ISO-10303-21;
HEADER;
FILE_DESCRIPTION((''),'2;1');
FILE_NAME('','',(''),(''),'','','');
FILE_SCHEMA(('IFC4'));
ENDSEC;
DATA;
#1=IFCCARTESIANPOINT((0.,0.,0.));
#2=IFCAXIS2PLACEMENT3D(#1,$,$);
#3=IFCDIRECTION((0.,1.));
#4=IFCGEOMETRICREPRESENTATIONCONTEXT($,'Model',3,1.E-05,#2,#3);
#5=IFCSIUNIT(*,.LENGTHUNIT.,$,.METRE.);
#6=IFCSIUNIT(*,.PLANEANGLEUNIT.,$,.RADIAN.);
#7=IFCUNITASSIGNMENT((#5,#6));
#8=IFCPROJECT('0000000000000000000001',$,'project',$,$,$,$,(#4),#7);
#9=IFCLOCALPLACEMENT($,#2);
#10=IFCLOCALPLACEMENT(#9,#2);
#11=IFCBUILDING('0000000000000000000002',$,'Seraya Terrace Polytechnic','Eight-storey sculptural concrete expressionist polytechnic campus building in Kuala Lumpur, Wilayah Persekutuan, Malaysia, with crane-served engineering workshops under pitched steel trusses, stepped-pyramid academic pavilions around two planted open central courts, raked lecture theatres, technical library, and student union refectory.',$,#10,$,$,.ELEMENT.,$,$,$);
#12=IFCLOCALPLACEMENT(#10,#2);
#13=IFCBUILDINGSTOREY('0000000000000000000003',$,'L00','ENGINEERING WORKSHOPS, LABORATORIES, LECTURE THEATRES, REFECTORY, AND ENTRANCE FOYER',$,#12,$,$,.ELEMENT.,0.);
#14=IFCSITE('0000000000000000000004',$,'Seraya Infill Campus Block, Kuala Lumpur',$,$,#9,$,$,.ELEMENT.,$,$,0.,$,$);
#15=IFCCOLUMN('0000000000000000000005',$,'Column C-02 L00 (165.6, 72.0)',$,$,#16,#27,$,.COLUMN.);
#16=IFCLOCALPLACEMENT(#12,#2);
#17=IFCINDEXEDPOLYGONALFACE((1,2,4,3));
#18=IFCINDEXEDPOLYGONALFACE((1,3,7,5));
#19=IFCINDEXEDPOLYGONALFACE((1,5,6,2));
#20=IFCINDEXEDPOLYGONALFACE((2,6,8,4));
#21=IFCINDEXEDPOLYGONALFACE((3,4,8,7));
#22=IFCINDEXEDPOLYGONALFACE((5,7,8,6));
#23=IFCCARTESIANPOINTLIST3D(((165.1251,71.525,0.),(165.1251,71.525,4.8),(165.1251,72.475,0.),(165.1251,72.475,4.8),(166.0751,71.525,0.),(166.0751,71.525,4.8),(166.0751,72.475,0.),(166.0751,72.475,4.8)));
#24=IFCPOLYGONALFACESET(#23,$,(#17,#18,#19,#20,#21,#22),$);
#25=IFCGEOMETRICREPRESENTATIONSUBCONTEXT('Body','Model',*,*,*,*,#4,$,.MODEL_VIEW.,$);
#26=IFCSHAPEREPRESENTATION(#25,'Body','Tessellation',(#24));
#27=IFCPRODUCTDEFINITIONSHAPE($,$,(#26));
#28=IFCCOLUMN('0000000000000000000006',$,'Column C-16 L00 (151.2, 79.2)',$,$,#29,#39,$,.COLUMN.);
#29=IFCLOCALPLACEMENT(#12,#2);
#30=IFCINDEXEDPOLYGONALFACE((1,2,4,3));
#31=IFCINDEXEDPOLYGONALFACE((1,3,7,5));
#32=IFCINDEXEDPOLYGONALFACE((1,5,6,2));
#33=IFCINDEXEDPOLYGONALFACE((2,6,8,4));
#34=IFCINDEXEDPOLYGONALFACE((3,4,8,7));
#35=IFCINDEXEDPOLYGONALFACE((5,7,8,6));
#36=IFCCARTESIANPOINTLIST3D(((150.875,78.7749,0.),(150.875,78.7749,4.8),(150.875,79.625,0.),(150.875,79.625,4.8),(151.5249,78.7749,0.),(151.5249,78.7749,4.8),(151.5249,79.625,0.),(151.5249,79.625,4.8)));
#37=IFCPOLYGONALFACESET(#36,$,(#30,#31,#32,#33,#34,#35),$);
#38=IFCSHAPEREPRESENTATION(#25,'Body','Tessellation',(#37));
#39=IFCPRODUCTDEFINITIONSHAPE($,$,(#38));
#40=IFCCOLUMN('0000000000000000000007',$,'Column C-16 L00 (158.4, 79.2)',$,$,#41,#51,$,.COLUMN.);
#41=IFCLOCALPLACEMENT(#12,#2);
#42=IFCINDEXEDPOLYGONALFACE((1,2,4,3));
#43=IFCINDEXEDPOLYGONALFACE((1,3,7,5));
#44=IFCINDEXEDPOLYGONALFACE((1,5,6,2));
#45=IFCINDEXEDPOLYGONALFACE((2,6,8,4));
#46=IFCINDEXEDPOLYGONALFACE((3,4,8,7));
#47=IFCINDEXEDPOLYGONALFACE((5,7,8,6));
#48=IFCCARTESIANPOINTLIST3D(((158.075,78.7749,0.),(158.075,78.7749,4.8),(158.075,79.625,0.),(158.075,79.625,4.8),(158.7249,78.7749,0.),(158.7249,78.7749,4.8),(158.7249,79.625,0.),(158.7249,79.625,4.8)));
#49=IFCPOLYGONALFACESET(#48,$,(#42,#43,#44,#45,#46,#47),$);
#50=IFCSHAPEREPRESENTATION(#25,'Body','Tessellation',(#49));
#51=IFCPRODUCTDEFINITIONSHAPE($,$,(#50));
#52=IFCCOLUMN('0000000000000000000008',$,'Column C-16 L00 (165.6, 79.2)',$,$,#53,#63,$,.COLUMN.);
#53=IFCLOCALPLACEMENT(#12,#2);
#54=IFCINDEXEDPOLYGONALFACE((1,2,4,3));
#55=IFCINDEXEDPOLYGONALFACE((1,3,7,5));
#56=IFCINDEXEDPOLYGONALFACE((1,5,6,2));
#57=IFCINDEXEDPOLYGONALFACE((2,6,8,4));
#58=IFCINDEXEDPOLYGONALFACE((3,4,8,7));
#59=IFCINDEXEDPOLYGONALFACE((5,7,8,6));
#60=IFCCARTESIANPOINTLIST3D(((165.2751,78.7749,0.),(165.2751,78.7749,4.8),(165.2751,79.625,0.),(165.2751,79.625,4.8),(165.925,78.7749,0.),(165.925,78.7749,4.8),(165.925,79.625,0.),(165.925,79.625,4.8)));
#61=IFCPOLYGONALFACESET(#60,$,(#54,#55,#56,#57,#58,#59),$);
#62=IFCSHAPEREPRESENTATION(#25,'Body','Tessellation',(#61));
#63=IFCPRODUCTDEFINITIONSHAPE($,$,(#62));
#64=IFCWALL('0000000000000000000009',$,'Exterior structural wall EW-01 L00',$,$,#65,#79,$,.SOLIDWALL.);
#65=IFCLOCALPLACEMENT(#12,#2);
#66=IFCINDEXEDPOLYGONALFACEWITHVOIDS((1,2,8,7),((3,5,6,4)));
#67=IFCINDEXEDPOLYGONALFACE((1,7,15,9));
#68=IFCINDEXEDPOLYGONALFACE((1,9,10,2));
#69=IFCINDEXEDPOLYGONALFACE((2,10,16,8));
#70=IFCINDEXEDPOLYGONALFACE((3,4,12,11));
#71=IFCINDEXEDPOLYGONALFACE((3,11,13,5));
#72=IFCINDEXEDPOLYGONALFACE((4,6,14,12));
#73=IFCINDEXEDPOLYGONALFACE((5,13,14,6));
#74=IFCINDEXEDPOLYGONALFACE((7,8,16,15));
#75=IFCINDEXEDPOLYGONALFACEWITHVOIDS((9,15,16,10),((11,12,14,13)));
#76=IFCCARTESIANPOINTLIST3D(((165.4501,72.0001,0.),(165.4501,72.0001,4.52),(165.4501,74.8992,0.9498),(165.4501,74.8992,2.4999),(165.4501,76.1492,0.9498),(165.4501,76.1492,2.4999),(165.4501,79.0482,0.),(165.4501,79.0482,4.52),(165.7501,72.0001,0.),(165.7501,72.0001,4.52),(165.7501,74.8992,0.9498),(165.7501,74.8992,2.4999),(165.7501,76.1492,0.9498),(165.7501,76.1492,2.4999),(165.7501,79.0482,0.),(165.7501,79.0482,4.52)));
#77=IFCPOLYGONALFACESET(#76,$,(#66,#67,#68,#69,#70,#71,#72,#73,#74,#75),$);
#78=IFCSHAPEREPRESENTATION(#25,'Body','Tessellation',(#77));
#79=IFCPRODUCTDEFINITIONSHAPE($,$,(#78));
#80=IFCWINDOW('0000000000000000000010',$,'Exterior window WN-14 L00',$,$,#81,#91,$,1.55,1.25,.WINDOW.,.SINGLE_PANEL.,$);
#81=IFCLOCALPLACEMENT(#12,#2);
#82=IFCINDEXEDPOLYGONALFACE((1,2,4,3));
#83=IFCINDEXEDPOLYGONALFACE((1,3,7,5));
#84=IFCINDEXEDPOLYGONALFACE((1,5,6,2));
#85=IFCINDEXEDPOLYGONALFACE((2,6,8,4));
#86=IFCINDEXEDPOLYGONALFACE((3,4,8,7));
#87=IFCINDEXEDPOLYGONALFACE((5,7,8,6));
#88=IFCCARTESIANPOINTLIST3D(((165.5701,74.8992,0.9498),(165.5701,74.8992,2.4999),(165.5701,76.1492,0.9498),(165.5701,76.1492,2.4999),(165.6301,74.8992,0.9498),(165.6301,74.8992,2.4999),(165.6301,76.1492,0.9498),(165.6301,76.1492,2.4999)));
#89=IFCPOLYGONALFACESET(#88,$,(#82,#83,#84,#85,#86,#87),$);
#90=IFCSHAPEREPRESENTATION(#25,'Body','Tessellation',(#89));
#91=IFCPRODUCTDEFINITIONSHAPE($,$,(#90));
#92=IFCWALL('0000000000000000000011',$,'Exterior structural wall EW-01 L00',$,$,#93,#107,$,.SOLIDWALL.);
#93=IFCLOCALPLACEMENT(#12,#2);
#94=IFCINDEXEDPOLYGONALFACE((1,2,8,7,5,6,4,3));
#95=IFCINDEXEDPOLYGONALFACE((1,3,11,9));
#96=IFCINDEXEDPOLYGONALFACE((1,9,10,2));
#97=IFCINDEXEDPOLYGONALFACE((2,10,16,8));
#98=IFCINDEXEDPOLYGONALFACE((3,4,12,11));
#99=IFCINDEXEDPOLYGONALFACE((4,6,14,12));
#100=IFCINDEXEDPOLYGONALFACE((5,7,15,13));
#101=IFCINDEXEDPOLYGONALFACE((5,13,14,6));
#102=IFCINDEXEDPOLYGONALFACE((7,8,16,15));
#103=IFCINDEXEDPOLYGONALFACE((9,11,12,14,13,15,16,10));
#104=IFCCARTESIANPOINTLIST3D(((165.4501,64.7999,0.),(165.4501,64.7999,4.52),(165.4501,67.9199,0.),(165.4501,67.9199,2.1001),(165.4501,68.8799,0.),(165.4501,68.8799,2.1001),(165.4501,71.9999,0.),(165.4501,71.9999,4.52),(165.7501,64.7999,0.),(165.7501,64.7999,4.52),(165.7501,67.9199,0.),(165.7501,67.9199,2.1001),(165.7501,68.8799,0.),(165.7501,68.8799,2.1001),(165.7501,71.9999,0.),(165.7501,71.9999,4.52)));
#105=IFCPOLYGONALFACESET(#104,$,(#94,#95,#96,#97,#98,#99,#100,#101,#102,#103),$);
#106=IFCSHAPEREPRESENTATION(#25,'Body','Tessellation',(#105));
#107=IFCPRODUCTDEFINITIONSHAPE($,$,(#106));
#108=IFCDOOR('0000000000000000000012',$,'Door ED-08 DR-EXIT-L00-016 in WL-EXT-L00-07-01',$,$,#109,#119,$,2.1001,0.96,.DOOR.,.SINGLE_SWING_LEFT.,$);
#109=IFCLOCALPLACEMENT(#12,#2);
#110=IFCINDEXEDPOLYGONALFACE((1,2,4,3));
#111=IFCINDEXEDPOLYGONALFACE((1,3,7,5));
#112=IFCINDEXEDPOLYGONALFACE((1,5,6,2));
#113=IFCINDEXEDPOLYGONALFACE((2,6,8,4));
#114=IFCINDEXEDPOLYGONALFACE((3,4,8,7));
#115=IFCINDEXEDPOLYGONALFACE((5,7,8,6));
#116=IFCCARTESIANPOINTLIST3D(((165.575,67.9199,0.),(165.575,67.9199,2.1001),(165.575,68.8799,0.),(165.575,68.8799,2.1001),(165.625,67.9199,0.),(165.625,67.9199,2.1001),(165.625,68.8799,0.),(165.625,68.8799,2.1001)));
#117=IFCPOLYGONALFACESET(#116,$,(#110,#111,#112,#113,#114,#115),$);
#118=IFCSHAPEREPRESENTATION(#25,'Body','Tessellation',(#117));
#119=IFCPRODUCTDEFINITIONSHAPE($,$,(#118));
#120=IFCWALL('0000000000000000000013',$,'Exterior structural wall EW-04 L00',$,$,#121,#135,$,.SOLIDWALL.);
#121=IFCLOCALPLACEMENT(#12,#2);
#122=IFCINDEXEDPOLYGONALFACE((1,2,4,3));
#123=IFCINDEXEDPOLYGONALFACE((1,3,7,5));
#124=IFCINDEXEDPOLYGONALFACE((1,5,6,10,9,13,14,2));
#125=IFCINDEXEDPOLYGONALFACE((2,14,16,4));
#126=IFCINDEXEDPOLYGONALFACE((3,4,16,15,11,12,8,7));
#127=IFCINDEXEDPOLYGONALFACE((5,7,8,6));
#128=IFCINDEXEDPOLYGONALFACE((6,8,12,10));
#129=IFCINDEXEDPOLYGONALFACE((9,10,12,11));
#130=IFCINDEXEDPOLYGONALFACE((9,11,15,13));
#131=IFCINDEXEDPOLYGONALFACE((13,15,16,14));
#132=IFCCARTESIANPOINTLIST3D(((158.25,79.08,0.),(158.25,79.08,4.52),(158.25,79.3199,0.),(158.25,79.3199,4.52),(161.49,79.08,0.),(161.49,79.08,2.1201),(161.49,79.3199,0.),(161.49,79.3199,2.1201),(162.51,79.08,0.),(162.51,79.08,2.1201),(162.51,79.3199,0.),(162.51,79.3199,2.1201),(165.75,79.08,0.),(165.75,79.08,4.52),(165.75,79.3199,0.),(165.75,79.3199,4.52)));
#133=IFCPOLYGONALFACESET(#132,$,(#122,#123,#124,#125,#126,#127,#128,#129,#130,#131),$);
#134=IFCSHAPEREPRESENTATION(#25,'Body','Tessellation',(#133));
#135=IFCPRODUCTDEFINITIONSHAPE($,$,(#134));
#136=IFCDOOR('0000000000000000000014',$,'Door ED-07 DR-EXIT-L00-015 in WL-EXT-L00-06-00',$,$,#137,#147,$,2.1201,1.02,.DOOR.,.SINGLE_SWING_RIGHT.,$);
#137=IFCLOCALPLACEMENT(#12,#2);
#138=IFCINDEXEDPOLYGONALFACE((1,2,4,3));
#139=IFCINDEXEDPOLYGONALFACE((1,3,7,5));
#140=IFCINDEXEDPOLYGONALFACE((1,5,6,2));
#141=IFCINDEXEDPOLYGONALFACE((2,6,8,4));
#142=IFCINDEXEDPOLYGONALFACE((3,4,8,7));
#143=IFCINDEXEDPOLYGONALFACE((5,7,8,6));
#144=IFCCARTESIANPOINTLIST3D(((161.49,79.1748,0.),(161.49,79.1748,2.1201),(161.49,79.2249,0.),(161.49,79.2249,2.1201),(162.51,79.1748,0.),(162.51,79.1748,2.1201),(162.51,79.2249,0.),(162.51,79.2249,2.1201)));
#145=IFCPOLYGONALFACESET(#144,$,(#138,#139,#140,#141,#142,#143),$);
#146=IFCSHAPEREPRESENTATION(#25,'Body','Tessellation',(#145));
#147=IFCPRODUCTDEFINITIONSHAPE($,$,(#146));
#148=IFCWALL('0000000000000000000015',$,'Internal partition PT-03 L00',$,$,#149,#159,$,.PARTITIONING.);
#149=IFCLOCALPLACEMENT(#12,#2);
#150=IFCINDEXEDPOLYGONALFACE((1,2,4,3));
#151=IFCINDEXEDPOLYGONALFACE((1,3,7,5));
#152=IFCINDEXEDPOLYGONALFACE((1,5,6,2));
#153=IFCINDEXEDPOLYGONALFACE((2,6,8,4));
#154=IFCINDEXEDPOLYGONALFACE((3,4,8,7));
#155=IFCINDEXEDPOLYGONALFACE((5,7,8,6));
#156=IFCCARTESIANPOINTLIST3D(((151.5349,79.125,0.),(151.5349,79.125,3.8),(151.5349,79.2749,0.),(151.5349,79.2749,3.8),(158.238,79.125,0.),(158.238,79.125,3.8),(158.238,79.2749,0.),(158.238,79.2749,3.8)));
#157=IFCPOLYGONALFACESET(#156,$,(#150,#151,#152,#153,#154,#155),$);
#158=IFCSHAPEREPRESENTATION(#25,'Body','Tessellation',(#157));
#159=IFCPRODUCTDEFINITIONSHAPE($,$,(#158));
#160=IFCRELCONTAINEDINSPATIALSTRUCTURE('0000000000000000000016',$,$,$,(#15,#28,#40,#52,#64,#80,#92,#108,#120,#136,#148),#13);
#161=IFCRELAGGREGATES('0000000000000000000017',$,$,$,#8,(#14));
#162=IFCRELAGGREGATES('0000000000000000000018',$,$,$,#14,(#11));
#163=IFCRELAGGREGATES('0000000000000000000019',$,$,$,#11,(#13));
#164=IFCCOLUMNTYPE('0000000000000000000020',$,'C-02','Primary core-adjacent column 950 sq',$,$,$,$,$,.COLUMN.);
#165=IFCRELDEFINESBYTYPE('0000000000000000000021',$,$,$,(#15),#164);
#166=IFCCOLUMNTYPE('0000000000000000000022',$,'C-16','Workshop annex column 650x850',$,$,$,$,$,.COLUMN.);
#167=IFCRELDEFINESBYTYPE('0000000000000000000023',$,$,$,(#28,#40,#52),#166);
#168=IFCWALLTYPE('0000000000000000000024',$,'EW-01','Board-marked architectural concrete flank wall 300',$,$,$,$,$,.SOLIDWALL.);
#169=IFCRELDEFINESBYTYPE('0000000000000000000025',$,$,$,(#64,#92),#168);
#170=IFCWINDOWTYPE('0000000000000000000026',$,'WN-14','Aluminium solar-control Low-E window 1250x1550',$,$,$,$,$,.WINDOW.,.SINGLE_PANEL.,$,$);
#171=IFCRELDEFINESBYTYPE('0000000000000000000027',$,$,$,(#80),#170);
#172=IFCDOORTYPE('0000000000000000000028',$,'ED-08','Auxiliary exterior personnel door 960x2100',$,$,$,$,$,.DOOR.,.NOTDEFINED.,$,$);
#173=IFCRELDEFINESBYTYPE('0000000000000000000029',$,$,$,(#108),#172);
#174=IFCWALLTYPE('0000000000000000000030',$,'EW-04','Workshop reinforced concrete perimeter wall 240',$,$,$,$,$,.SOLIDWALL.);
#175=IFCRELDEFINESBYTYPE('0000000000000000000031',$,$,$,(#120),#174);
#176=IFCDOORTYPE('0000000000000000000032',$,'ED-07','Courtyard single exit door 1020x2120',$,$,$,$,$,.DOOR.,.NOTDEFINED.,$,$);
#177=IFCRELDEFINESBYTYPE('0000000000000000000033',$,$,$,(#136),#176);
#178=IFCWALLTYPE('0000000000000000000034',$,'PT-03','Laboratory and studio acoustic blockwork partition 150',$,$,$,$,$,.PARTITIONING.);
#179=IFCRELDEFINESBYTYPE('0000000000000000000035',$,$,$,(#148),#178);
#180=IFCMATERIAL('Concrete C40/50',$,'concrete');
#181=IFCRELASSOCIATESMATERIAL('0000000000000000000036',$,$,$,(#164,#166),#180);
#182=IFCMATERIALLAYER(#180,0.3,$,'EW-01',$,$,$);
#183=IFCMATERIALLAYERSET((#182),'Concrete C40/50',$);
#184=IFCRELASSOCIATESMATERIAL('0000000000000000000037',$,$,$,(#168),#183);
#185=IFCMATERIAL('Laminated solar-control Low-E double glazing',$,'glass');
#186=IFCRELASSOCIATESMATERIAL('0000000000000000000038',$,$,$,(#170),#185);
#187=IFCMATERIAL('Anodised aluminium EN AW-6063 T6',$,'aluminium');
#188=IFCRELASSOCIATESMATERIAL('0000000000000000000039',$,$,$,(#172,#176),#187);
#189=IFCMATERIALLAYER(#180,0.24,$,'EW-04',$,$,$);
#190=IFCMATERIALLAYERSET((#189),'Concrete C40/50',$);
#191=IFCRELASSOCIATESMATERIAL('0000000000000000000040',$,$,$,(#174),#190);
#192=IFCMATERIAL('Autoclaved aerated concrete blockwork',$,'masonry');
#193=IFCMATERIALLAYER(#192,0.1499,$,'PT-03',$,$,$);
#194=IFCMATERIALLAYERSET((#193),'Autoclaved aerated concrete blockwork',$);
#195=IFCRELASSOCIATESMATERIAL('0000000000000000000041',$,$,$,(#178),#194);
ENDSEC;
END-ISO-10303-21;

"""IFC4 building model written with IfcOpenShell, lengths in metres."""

from ifc_helpers import new_model, si_unit, direction, frame, frame_2d, origin, origin_2d, place, context, subcontext, project, spatial, rectangle, extrude, material, layer, layer_set, material_profile, profile_set, type_object, element, fill, save


model = new_model("IFC4")

# Units and contexts
model_context = context("Model", 3, precision=1e-05, world=origin(), true_north=direction((0.0, 1.0)))
body_context = subcontext(model_context, "Body", "Model", "MODEL_VIEW")
ifc_project = project(units=[si_unit("LENGTHUNIT", "METRE"), si_unit("PLANEANGLEUNIT", "RADIAN")], contexts=[model_context])

# Site, building, storey
site_placement = place(None, origin())
site = spatial("IfcSite", under=ifc_project, at=site_placement, Name="Seraya Infill Campus Block, Kuala Lumpur", CompositionType="ELEMENT", RefElevation=0.0)
building_placement = place(site_placement, origin())
building = spatial("IfcBuilding", under=site, at=building_placement, Name="Seraya Terrace Polytechnic", Description="Eight-storey sculptural concrete expressionist polytechnic campus building in Kuala Lumpur, Wilayah Persekutuan, Malaysia, with crane-served engineering workshops under pitched steel trusses, stepped-pyramid academic pavilions around two planted open central courts, raked lecture theatres, technical library, and student union refectory.", CompositionType="ELEMENT")
storey_placement = place(building_placement, origin())
storey = spatial("IfcBuildingStorey", under=building, at=storey_placement, Name="L00", Description="ENGINEERING WORKSHOPS, LABORATORIES, LECTURE THEATRES, REFECTORY, AND ENTRANCE FOYER", CompositionType="ELEMENT", Elevation=0.0)

# Shared definitions
ifc_material_1 = material(Name="Concrete C40/50", Category="concrete")

# Columns
ifc_material_profile_1 = material_profile(ifc_material_1, rectangle(XDim=0.95, YDim=0.95, at=origin_2d()), Name="RC 950x950")
ifc_profile_set_1 = profile_set([ifc_material_profile_1], Name="Concrete C40/50")
column_type_1 = type_object("IfcColumnType", Name="C-02", Description="Primary core-adjacent column 950 sq", PredefinedType="COLUMN", material=ifc_profile_set_1)
column_placement = place(storey_placement, frame((165.6001, 72.0, 0.0), z_axis=(0.0, 0.0, 1.0), x_axis=(1.0, 0.0, 0.0)))
element("IfcColumn", 1, at=column_placement, inside=storey, type_object=column_type_1, Name="Column C-02 L00 (165.6, 72.0)", PredefinedType="COLUMN", context=body_context, shape_type="SweptSolid", body=[
    extrude(rectangle(XDim=0.95, YDim=0.95, at=origin_2d()), origin(), (0.0, 0.0, 1.0), 4.8),
])
ifc_material_profile_2 = material_profile(ifc_material_1, rectangle(XDim=0.6499, YDim=0.8501, at=origin_2d()), Name="RC 650x850")
ifc_profile_set_2 = profile_set([ifc_material_profile_2], Name="Concrete C40/50")
column_type_2 = type_object("IfcColumnType", Name="C-16", Description="Workshop annex column 650x850", PredefinedType="COLUMN", material=ifc_profile_set_2)
for number, where, z_axis, x_axis, name in (
    (2, (151.2, 79.2, 0.0), (0.0, 0.0, 1.0), (1.0, 0.0, 0.0), "Column C-16 L00 (151.2, 79.2)"),
    (3, (158.3999, 79.2, 0.0), (0.0, 0.0, 1.0), (1.0, 0.0, 0.0), "Column C-16 L00 (158.4, 79.2)"),
    (4, (165.6001, 79.2, 0.0), (0.0, 0.0, 1.0), (1.0, 0.0, 0.0), "Column C-16 L00 (165.6, 79.2)"),
):
    element("IfcColumn", number, at=place(storey_placement, frame(where, z_axis=z_axis, x_axis=x_axis)), inside=storey, type_object=column_type_2, Name=name, PredefinedType="COLUMN", context=body_context, shape_type="SweptSolid", body=[
        extrude(rectangle(XDim=0.6499, YDim=0.8501, at=origin_2d()), origin(), (0.0, 0.0, 1.0), 4.8),
    ])

# Wall, opening, window
ifc_layer_1 = layer(ifc_material_1, 0.3, Name="EW-01")
ifc_layer_set_1 = layer_set([ifc_layer_1], Name="Concrete C40/50")
wall_type_1 = type_object("IfcWallType", Name="EW-01", Description="Board-marked architectural concrete flank wall 300", PredefinedType="SOLIDWALL", material=ifc_layer_set_1)
wall_1_placement = place(storey_placement, frame((165.6001, 79.0481, 0.0), z_axis=(0.0, 0.0, 1.0), x_axis=(0.0, -1.0, 0.0)))
wall_1 = element("IfcWall", 5, at=wall_1_placement, inside=storey, type_object=wall_type_1, Name="Exterior structural wall EW-01 L00", PredefinedType="SOLIDWALL", context=body_context, shape_type="SweptSolid", body=[
    extrude(rectangle(XDim=7.0481, YDim=0.3, at=frame_2d((3.5239, 0.0))), origin(), (0.0, 0.0, 1.0), 4.52),
])
opening_1_placement = place(wall_1_placement, frame((2.8989, 0.0, 0.95)))
opening_1 = element("IfcOpeningElement", 6, at=opening_1_placement, cuts=wall_1, PredefinedType="OPENING", context=body_context, shape_type="SweptSolid", body=[
    extrude(rectangle(XDim=1.25, YDim=1.55, at=frame_2d((0.625, 0.7749))), frame((0.0, 0.1621, 0.0), z_axis=(0.0, -1.0, 0.0), x_axis=(1.0, 0.0, 0.0)), (0.0, 0.0, 1.0), 0.324),
])
ifc_material_2 = material(Name="Laminated solar-control Low-E double glazing", Category="glass")
window_type = type_object("IfcWindowType", Name="WN-14", Description="Aluminium solar-control Low-E window 1250x1550", PartitioningType="SINGLE_PANEL", PredefinedType="WINDOW", material=ifc_material_2)
window_placement = place(opening_1_placement, origin())
window = element("IfcWindow", 7, at=window_placement, inside=storey, type_object=window_type, Name="Exterior window WN-14 L00", OverallHeight=1.55, OverallWidth=1.25, PartitioningType="SINGLE_PANEL", PredefinedType="WINDOW", context=body_context, shape_type="SweptSolid", body=[
    extrude(rectangle(XDim=1.25, YDim=1.55, at=frame_2d((0.625, 0.7749))), frame((0.0, 0.03, 0.0), z_axis=(0.0, -1.0, 0.0), x_axis=(1.0, 0.0, 0.0)), (0.0, 0.0, 1.0), 0.0601),
])
fill(opening_1, window)

# Walls, openings, doors
wall_2_placement = place(storey_placement, frame((165.6001, 72.0, 0.0), z_axis=(0.0, 0.0, 1.0), x_axis=(0.0, -1.0, 0.0)))
wall_2 = element("IfcWall", 8, at=wall_2_placement, inside=storey, type_object=wall_type_1, Name="Exterior structural wall EW-01 L00", PredefinedType="SOLIDWALL", context=body_context, shape_type="SweptSolid", body=[
    extrude(rectangle(XDim=7.2, YDim=0.3, at=frame_2d((3.6001, 0.0))), origin(), (0.0, 0.0, 1.0), 4.52),
])
opening_2_placement = place(wall_2_placement, frame((3.1201, 0.0, 0.0)))
opening_2 = element("IfcOpeningElement", 9, at=opening_2_placement, cuts=wall_2, PredefinedType="OPENING", context=body_context, shape_type="SweptSolid", body=[
    extrude(rectangle(XDim=0.96, YDim=2.1001, at=frame_2d((0.48, 1.05))), frame((0.0, 0.1621, 0.0), z_axis=(0.0, -1.0, 0.0), x_axis=(1.0, 0.0, 0.0)), (0.0, 0.0, 1.0), 0.324),
])
ifc_material_3 = material(Name="Anodised aluminium EN AW-6063 T6", Category="aluminium")
door_type_1 = type_object("IfcDoorType", Name="ED-08", Description="Auxiliary exterior personnel door 960x2100", OperationType="NOTDEFINED", PredefinedType="DOOR", material=ifc_material_3)
door_1_placement = place(opening_2_placement, origin())
door_1 = element("IfcDoor", 10, at=door_1_placement, inside=storey, type_object=door_type_1, Name="Door ED-08 DR-EXIT-L00-016 in WL-EXT-L00-07-01", OperationType="SINGLE_SWING_LEFT", OverallHeight=2.1001, OverallWidth=0.96, PredefinedType="DOOR", context=body_context, shape_type="SweptSolid", body=[
    extrude(rectangle(XDim=0.96, YDim=2.1001, at=frame_2d((0.48, 1.05))), frame((0.0, 0.0249, 0.0), z_axis=(0.0, -1.0, 0.0), x_axis=(1.0, 0.0, 0.0)), (0.0, 0.0, 1.0), 0.05),
])
fill(opening_2, door_1)
ifc_layer_2 = layer(ifc_material_1, 0.24, Name="EW-04")
ifc_layer_set_2 = layer_set([ifc_layer_2], Name="Concrete C40/50")
wall_type_2 = type_object("IfcWallType", Name="EW-04", Description="Workshop reinforced concrete perimeter wall 240", PredefinedType="SOLIDWALL", material=ifc_layer_set_2)
wall_3_placement = place(storey_placement, frame((158.25, 79.2, 0.0), z_axis=(0.0, 0.0, 1.0), x_axis=(1.0, 0.0, 0.0)))
wall_3 = element("IfcWall", 11, at=wall_3_placement, inside=storey, type_object=wall_type_2, Name="Exterior structural wall EW-04 L00", PredefinedType="SOLIDWALL", context=body_context, shape_type="SweptSolid", body=[
    extrude(rectangle(XDim=7.5, YDim=0.24, at=frame_2d((3.75, 0.0))), origin(), (0.0, 0.0, 1.0), 4.52),
])
opening_3_placement = place(wall_3_placement, frame((3.24, 0.0, 0.0)))
opening_3 = element("IfcOpeningElement", 12, at=opening_3_placement, cuts=wall_3, PredefinedType="OPENING", context=body_context, shape_type="SweptSolid", body=[
    extrude(rectangle(XDim=1.02, YDim=2.1201, at=frame_2d((0.51, 1.0601))), frame((0.0, 0.1318, 0.0), z_axis=(0.0, -1.0, 0.0), x_axis=(1.0, 0.0, 0.0)), (0.0, 0.0, 1.0), 0.2639),
])
door_type_2 = type_object("IfcDoorType", Name="ED-07", Description="Courtyard single exit door 1020x2120", OperationType="NOTDEFINED", PredefinedType="DOOR", material=ifc_material_3)
door_2_placement = place(opening_3_placement, origin())
door_2 = element("IfcDoor", 13, at=door_2_placement, inside=storey, type_object=door_type_2, Name="Door ED-07 DR-EXIT-L00-015 in WL-EXT-L00-06-00", OperationType="SINGLE_SWING_RIGHT", OverallHeight=2.1201, OverallWidth=1.02, PredefinedType="DOOR", context=body_context, shape_type="SweptSolid", body=[
    extrude(rectangle(XDim=1.02, YDim=2.1201, at=frame_2d((0.51, 1.0601))), frame((0.0, 0.0249, 0.0), z_axis=(0.0, -1.0, 0.0), x_axis=(1.0, 0.0, 0.0)), (0.0, 0.0, 1.0), 0.05),
])
fill(opening_3, door_2)

# Wall
ifc_material_4 = material(Name="Autoclaved aerated concrete blockwork", Category="masonry")
ifc_layer_3 = layer(ifc_material_4, 0.1499, Name="PT-03")
ifc_layer_set_3 = layer_set([ifc_layer_3], Name="Autoclaved aerated concrete blockwork")
wall_type_3 = type_object("IfcWallType", Name="PT-03", Description="Laboratory and studio acoustic blockwork partition 150", PredefinedType="PARTITIONING", material=ifc_layer_set_3)
wall_4_placement = place(storey_placement, frame((151.5349, 79.2, 0.0), z_axis=(0.0, 0.0, 1.0), x_axis=(1.0, 0.0, 0.0)))
element("IfcWall", 14, at=wall_4_placement, inside=storey, type_object=wall_type_3, Name="Internal partition PT-03 L00", PredefinedType="PARTITIONING", context=body_context, shape_type="SweptSolid", body=[
    extrude(rectangle(XDim=6.7031, YDim=0.1499, at=frame_2d((3.3516, 0.0))), origin(), (0.0, 0.0, 1.0), 3.8),
])

save(model, "model.ifc")
